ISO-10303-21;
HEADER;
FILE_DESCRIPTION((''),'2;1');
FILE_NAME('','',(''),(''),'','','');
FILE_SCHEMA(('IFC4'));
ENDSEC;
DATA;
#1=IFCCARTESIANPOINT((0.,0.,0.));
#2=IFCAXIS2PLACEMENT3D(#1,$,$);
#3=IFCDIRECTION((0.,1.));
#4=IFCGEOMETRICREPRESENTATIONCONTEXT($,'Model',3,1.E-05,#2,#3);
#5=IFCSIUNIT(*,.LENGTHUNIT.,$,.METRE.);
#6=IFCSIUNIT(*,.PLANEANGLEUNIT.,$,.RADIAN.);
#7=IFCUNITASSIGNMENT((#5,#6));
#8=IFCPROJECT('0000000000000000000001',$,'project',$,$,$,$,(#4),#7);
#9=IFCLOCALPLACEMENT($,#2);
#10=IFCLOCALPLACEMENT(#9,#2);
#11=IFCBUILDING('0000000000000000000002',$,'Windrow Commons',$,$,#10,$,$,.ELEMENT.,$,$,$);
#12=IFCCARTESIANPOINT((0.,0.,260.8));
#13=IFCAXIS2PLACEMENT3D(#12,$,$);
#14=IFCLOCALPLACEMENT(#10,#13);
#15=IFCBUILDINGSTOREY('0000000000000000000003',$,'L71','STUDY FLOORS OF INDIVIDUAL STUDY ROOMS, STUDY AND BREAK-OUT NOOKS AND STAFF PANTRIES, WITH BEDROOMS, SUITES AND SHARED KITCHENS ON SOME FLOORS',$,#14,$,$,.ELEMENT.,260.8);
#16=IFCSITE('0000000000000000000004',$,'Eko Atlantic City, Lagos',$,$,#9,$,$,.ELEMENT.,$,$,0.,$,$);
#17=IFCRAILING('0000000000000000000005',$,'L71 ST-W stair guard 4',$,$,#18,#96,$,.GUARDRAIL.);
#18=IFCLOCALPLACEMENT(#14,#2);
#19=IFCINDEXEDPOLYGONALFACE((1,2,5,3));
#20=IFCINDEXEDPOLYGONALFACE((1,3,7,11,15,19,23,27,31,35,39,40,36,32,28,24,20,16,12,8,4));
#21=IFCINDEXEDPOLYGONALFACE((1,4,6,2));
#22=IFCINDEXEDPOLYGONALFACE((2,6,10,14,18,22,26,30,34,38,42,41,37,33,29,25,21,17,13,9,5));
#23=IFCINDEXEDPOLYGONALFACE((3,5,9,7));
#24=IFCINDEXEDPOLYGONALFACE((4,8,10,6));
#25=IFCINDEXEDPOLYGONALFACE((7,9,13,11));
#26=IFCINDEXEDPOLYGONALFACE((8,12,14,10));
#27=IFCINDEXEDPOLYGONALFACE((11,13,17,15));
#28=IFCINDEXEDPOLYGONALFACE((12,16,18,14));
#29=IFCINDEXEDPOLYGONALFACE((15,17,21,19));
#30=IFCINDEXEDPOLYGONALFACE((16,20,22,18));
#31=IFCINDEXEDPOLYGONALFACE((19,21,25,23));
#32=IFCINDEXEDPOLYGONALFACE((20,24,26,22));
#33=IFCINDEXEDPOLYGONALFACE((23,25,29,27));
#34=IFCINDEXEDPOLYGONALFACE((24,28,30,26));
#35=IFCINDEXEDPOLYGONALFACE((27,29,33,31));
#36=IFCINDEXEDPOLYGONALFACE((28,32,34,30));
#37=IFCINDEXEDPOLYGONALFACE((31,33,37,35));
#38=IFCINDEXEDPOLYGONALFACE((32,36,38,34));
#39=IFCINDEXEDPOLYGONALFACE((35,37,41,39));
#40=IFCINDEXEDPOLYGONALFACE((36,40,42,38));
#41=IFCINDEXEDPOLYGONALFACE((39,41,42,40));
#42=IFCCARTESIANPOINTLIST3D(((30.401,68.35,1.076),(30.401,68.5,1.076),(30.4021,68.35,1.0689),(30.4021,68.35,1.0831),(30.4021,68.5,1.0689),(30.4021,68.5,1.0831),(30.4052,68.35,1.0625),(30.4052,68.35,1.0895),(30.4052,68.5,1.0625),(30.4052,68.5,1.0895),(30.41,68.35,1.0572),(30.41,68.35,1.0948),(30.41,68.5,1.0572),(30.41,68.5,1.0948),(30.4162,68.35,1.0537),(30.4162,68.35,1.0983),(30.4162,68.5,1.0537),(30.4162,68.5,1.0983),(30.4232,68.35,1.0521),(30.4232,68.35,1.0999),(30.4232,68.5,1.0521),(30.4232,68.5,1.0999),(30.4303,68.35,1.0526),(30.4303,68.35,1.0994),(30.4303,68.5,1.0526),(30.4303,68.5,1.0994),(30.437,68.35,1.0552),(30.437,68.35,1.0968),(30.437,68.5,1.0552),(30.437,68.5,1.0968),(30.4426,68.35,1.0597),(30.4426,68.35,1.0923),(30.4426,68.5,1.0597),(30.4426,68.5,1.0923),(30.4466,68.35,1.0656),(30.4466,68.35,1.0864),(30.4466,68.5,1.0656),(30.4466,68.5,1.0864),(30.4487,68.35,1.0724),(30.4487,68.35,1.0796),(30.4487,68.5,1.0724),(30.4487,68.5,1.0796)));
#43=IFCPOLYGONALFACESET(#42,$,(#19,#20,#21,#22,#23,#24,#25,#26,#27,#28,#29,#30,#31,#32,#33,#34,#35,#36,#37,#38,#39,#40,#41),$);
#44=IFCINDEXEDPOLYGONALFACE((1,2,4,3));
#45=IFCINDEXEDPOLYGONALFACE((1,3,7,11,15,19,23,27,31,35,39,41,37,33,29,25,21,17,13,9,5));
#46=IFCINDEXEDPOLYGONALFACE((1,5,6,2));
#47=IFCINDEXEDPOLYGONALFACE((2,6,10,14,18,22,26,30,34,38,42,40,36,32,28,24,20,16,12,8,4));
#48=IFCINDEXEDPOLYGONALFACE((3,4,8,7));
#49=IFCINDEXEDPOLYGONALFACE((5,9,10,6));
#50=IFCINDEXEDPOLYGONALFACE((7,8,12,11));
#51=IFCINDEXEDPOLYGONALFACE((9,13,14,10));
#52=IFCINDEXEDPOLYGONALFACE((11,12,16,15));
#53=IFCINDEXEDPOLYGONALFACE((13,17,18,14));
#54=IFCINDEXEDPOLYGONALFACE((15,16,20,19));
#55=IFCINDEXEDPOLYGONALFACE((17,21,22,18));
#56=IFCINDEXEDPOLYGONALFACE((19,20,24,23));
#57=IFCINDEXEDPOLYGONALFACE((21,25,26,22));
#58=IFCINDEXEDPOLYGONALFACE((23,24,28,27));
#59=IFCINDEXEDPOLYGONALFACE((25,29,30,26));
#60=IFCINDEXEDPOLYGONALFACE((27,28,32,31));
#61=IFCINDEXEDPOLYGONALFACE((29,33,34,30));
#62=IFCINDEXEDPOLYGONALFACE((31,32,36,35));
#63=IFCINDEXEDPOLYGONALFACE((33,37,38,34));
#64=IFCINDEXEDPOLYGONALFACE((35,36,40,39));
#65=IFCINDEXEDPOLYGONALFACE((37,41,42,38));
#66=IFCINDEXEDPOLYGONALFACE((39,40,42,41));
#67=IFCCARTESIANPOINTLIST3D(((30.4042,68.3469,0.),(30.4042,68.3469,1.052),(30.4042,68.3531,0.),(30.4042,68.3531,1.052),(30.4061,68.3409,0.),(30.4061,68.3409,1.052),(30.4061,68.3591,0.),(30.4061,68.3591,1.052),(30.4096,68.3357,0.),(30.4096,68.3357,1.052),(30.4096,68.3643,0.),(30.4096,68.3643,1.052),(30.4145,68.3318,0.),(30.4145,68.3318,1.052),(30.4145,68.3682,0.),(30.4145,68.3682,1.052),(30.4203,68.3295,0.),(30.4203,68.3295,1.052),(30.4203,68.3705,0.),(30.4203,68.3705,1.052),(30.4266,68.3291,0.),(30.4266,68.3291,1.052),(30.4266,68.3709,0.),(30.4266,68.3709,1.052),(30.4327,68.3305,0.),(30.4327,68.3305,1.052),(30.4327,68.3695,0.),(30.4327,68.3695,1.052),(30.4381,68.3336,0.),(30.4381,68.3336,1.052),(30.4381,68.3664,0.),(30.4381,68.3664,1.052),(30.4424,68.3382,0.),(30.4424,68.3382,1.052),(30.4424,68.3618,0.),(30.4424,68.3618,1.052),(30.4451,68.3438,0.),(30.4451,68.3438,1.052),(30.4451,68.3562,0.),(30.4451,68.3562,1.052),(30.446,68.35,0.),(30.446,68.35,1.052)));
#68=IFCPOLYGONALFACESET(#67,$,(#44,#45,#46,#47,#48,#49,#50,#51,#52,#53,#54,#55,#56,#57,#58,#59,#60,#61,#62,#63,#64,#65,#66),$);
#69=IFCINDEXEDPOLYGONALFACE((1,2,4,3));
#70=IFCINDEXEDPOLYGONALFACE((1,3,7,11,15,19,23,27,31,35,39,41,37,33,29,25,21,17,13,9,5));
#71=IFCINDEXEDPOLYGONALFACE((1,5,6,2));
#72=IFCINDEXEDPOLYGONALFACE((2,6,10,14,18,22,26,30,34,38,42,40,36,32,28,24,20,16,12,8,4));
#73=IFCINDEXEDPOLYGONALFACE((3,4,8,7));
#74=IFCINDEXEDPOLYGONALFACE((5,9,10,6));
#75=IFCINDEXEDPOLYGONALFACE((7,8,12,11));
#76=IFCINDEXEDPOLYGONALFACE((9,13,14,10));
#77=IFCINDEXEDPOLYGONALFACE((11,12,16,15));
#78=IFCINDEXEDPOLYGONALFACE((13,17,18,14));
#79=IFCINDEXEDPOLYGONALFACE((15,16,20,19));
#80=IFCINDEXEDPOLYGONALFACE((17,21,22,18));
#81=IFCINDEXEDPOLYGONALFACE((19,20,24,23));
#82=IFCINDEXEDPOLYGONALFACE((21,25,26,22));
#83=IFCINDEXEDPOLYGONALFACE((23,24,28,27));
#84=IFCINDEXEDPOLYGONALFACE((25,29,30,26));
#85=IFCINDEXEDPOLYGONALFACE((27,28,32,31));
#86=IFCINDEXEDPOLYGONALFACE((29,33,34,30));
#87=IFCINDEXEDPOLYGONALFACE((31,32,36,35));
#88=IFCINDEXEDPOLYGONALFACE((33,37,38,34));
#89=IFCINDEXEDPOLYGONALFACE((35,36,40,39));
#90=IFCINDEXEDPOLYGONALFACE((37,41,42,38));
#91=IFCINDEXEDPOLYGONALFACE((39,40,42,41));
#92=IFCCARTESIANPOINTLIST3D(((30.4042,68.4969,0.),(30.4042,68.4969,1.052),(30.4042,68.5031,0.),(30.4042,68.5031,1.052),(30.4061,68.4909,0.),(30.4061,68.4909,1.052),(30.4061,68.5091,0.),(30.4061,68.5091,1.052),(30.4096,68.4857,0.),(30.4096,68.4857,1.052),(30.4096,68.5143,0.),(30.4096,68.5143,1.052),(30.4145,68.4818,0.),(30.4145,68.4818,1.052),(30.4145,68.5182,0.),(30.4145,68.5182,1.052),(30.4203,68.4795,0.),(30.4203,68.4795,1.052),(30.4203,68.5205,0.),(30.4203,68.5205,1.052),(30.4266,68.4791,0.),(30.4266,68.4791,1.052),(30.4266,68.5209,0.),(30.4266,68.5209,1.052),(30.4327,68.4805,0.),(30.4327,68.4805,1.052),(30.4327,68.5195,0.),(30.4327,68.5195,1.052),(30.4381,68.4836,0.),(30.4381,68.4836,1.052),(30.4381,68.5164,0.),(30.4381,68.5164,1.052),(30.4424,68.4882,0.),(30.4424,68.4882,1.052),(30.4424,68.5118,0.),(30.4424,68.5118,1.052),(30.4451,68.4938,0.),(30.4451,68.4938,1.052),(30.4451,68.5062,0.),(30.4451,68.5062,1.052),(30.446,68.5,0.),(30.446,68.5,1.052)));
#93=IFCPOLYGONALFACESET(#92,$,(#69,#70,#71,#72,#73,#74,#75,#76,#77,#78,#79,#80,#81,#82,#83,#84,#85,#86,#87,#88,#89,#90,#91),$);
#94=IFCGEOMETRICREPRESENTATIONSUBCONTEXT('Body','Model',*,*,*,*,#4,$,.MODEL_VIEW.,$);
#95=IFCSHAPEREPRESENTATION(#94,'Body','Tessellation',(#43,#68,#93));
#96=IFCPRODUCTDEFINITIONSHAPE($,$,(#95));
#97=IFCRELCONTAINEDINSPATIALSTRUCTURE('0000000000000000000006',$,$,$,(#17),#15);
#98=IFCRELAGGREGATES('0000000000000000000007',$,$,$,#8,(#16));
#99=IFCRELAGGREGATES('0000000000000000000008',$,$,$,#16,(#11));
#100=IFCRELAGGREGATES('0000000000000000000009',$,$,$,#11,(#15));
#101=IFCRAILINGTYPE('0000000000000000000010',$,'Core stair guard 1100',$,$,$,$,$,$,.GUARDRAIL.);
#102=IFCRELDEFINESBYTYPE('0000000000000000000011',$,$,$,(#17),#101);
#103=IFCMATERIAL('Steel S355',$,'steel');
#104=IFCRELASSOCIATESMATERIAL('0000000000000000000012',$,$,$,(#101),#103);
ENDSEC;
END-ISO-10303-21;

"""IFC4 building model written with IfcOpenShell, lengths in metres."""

from ifc_helpers import new_model, si_unit, direction, frame, origin, origin_2d, place, context, subcontext, project, spatial, circle, extrude, material, type_object, element, save


model = new_model("IFC4")

# Units and contexts
model_context = context("Model", 3, precision=1e-05, world=origin(), true_north=direction((0.0, 1.0)))
body_context = subcontext(model_context, "Body", "Model", "MODEL_VIEW")
ifc_project = project(units=[si_unit("LENGTHUNIT", "METRE"), si_unit("PLANEANGLEUNIT", "RADIAN")], contexts=[model_context])

# Site, building, storey
site_placement = place(None, origin())
site = spatial("IfcSite", under=ifc_project, at=site_placement, Name="Eko Atlantic City, Lagos", CompositionType="ELEMENT", RefElevation=0.0)
building_placement = place(site_placement, origin())
building = spatial("IfcBuilding", under=site, at=building_placement, Name="Windrow Commons", CompositionType="ELEMENT")
storey_placement = place(building_placement, frame((0.0, 0.0, 260.8)))
storey = spatial("IfcBuildingStorey", under=building, at=storey_placement, Name="L71", Description="STUDY FLOORS OF INDIVIDUAL STUDY ROOMS, STUDY AND BREAK-OUT NOOKS AND STAFF PANTRIES, WITH BEDROOMS, SUITES AND SHARED KITCHENS ON SOME FLOORS", CompositionType="ELEMENT", Elevation=260.8)

# Railing
ifc_material_1 = material(Name="Steel S355", Category="steel")
railing_type_1 = type_object("IfcRailingType", Name="Core stair guard 1100", PredefinedType="GUARDRAIL", material=ifc_material_1)
railing_1_placement = place(storey_placement, frame((30.425, 68.35, 0.0)))
element("IfcRailing", 1, at=railing_1_placement, inside=storey, type_object=railing_type_1, Name="L71 ST-W stair guard 4", PredefinedType="GUARDRAIL", context=body_context, shape_type="SweptSolid", body=[
    extrude(circle(Radius=0.024, at=origin_2d()), frame((0.0, 0.0, 1.076), z_axis=(0.0, 1.0, 0.0), x_axis=(-1.0, 0.0, 0.0)), (0.0, 0.0, 1.0), 0.15),
    extrude(circle(Radius=0.021, at=origin_2d()), origin(), (0.0, 0.0, 1.0), 1.052),
    extrude(circle(Radius=0.021, at=origin_2d()), frame((0.0, 0.15, 0.0)), (0.0, 0.0, 1.0), 1.052),
])

save(model, "model.ifc")
